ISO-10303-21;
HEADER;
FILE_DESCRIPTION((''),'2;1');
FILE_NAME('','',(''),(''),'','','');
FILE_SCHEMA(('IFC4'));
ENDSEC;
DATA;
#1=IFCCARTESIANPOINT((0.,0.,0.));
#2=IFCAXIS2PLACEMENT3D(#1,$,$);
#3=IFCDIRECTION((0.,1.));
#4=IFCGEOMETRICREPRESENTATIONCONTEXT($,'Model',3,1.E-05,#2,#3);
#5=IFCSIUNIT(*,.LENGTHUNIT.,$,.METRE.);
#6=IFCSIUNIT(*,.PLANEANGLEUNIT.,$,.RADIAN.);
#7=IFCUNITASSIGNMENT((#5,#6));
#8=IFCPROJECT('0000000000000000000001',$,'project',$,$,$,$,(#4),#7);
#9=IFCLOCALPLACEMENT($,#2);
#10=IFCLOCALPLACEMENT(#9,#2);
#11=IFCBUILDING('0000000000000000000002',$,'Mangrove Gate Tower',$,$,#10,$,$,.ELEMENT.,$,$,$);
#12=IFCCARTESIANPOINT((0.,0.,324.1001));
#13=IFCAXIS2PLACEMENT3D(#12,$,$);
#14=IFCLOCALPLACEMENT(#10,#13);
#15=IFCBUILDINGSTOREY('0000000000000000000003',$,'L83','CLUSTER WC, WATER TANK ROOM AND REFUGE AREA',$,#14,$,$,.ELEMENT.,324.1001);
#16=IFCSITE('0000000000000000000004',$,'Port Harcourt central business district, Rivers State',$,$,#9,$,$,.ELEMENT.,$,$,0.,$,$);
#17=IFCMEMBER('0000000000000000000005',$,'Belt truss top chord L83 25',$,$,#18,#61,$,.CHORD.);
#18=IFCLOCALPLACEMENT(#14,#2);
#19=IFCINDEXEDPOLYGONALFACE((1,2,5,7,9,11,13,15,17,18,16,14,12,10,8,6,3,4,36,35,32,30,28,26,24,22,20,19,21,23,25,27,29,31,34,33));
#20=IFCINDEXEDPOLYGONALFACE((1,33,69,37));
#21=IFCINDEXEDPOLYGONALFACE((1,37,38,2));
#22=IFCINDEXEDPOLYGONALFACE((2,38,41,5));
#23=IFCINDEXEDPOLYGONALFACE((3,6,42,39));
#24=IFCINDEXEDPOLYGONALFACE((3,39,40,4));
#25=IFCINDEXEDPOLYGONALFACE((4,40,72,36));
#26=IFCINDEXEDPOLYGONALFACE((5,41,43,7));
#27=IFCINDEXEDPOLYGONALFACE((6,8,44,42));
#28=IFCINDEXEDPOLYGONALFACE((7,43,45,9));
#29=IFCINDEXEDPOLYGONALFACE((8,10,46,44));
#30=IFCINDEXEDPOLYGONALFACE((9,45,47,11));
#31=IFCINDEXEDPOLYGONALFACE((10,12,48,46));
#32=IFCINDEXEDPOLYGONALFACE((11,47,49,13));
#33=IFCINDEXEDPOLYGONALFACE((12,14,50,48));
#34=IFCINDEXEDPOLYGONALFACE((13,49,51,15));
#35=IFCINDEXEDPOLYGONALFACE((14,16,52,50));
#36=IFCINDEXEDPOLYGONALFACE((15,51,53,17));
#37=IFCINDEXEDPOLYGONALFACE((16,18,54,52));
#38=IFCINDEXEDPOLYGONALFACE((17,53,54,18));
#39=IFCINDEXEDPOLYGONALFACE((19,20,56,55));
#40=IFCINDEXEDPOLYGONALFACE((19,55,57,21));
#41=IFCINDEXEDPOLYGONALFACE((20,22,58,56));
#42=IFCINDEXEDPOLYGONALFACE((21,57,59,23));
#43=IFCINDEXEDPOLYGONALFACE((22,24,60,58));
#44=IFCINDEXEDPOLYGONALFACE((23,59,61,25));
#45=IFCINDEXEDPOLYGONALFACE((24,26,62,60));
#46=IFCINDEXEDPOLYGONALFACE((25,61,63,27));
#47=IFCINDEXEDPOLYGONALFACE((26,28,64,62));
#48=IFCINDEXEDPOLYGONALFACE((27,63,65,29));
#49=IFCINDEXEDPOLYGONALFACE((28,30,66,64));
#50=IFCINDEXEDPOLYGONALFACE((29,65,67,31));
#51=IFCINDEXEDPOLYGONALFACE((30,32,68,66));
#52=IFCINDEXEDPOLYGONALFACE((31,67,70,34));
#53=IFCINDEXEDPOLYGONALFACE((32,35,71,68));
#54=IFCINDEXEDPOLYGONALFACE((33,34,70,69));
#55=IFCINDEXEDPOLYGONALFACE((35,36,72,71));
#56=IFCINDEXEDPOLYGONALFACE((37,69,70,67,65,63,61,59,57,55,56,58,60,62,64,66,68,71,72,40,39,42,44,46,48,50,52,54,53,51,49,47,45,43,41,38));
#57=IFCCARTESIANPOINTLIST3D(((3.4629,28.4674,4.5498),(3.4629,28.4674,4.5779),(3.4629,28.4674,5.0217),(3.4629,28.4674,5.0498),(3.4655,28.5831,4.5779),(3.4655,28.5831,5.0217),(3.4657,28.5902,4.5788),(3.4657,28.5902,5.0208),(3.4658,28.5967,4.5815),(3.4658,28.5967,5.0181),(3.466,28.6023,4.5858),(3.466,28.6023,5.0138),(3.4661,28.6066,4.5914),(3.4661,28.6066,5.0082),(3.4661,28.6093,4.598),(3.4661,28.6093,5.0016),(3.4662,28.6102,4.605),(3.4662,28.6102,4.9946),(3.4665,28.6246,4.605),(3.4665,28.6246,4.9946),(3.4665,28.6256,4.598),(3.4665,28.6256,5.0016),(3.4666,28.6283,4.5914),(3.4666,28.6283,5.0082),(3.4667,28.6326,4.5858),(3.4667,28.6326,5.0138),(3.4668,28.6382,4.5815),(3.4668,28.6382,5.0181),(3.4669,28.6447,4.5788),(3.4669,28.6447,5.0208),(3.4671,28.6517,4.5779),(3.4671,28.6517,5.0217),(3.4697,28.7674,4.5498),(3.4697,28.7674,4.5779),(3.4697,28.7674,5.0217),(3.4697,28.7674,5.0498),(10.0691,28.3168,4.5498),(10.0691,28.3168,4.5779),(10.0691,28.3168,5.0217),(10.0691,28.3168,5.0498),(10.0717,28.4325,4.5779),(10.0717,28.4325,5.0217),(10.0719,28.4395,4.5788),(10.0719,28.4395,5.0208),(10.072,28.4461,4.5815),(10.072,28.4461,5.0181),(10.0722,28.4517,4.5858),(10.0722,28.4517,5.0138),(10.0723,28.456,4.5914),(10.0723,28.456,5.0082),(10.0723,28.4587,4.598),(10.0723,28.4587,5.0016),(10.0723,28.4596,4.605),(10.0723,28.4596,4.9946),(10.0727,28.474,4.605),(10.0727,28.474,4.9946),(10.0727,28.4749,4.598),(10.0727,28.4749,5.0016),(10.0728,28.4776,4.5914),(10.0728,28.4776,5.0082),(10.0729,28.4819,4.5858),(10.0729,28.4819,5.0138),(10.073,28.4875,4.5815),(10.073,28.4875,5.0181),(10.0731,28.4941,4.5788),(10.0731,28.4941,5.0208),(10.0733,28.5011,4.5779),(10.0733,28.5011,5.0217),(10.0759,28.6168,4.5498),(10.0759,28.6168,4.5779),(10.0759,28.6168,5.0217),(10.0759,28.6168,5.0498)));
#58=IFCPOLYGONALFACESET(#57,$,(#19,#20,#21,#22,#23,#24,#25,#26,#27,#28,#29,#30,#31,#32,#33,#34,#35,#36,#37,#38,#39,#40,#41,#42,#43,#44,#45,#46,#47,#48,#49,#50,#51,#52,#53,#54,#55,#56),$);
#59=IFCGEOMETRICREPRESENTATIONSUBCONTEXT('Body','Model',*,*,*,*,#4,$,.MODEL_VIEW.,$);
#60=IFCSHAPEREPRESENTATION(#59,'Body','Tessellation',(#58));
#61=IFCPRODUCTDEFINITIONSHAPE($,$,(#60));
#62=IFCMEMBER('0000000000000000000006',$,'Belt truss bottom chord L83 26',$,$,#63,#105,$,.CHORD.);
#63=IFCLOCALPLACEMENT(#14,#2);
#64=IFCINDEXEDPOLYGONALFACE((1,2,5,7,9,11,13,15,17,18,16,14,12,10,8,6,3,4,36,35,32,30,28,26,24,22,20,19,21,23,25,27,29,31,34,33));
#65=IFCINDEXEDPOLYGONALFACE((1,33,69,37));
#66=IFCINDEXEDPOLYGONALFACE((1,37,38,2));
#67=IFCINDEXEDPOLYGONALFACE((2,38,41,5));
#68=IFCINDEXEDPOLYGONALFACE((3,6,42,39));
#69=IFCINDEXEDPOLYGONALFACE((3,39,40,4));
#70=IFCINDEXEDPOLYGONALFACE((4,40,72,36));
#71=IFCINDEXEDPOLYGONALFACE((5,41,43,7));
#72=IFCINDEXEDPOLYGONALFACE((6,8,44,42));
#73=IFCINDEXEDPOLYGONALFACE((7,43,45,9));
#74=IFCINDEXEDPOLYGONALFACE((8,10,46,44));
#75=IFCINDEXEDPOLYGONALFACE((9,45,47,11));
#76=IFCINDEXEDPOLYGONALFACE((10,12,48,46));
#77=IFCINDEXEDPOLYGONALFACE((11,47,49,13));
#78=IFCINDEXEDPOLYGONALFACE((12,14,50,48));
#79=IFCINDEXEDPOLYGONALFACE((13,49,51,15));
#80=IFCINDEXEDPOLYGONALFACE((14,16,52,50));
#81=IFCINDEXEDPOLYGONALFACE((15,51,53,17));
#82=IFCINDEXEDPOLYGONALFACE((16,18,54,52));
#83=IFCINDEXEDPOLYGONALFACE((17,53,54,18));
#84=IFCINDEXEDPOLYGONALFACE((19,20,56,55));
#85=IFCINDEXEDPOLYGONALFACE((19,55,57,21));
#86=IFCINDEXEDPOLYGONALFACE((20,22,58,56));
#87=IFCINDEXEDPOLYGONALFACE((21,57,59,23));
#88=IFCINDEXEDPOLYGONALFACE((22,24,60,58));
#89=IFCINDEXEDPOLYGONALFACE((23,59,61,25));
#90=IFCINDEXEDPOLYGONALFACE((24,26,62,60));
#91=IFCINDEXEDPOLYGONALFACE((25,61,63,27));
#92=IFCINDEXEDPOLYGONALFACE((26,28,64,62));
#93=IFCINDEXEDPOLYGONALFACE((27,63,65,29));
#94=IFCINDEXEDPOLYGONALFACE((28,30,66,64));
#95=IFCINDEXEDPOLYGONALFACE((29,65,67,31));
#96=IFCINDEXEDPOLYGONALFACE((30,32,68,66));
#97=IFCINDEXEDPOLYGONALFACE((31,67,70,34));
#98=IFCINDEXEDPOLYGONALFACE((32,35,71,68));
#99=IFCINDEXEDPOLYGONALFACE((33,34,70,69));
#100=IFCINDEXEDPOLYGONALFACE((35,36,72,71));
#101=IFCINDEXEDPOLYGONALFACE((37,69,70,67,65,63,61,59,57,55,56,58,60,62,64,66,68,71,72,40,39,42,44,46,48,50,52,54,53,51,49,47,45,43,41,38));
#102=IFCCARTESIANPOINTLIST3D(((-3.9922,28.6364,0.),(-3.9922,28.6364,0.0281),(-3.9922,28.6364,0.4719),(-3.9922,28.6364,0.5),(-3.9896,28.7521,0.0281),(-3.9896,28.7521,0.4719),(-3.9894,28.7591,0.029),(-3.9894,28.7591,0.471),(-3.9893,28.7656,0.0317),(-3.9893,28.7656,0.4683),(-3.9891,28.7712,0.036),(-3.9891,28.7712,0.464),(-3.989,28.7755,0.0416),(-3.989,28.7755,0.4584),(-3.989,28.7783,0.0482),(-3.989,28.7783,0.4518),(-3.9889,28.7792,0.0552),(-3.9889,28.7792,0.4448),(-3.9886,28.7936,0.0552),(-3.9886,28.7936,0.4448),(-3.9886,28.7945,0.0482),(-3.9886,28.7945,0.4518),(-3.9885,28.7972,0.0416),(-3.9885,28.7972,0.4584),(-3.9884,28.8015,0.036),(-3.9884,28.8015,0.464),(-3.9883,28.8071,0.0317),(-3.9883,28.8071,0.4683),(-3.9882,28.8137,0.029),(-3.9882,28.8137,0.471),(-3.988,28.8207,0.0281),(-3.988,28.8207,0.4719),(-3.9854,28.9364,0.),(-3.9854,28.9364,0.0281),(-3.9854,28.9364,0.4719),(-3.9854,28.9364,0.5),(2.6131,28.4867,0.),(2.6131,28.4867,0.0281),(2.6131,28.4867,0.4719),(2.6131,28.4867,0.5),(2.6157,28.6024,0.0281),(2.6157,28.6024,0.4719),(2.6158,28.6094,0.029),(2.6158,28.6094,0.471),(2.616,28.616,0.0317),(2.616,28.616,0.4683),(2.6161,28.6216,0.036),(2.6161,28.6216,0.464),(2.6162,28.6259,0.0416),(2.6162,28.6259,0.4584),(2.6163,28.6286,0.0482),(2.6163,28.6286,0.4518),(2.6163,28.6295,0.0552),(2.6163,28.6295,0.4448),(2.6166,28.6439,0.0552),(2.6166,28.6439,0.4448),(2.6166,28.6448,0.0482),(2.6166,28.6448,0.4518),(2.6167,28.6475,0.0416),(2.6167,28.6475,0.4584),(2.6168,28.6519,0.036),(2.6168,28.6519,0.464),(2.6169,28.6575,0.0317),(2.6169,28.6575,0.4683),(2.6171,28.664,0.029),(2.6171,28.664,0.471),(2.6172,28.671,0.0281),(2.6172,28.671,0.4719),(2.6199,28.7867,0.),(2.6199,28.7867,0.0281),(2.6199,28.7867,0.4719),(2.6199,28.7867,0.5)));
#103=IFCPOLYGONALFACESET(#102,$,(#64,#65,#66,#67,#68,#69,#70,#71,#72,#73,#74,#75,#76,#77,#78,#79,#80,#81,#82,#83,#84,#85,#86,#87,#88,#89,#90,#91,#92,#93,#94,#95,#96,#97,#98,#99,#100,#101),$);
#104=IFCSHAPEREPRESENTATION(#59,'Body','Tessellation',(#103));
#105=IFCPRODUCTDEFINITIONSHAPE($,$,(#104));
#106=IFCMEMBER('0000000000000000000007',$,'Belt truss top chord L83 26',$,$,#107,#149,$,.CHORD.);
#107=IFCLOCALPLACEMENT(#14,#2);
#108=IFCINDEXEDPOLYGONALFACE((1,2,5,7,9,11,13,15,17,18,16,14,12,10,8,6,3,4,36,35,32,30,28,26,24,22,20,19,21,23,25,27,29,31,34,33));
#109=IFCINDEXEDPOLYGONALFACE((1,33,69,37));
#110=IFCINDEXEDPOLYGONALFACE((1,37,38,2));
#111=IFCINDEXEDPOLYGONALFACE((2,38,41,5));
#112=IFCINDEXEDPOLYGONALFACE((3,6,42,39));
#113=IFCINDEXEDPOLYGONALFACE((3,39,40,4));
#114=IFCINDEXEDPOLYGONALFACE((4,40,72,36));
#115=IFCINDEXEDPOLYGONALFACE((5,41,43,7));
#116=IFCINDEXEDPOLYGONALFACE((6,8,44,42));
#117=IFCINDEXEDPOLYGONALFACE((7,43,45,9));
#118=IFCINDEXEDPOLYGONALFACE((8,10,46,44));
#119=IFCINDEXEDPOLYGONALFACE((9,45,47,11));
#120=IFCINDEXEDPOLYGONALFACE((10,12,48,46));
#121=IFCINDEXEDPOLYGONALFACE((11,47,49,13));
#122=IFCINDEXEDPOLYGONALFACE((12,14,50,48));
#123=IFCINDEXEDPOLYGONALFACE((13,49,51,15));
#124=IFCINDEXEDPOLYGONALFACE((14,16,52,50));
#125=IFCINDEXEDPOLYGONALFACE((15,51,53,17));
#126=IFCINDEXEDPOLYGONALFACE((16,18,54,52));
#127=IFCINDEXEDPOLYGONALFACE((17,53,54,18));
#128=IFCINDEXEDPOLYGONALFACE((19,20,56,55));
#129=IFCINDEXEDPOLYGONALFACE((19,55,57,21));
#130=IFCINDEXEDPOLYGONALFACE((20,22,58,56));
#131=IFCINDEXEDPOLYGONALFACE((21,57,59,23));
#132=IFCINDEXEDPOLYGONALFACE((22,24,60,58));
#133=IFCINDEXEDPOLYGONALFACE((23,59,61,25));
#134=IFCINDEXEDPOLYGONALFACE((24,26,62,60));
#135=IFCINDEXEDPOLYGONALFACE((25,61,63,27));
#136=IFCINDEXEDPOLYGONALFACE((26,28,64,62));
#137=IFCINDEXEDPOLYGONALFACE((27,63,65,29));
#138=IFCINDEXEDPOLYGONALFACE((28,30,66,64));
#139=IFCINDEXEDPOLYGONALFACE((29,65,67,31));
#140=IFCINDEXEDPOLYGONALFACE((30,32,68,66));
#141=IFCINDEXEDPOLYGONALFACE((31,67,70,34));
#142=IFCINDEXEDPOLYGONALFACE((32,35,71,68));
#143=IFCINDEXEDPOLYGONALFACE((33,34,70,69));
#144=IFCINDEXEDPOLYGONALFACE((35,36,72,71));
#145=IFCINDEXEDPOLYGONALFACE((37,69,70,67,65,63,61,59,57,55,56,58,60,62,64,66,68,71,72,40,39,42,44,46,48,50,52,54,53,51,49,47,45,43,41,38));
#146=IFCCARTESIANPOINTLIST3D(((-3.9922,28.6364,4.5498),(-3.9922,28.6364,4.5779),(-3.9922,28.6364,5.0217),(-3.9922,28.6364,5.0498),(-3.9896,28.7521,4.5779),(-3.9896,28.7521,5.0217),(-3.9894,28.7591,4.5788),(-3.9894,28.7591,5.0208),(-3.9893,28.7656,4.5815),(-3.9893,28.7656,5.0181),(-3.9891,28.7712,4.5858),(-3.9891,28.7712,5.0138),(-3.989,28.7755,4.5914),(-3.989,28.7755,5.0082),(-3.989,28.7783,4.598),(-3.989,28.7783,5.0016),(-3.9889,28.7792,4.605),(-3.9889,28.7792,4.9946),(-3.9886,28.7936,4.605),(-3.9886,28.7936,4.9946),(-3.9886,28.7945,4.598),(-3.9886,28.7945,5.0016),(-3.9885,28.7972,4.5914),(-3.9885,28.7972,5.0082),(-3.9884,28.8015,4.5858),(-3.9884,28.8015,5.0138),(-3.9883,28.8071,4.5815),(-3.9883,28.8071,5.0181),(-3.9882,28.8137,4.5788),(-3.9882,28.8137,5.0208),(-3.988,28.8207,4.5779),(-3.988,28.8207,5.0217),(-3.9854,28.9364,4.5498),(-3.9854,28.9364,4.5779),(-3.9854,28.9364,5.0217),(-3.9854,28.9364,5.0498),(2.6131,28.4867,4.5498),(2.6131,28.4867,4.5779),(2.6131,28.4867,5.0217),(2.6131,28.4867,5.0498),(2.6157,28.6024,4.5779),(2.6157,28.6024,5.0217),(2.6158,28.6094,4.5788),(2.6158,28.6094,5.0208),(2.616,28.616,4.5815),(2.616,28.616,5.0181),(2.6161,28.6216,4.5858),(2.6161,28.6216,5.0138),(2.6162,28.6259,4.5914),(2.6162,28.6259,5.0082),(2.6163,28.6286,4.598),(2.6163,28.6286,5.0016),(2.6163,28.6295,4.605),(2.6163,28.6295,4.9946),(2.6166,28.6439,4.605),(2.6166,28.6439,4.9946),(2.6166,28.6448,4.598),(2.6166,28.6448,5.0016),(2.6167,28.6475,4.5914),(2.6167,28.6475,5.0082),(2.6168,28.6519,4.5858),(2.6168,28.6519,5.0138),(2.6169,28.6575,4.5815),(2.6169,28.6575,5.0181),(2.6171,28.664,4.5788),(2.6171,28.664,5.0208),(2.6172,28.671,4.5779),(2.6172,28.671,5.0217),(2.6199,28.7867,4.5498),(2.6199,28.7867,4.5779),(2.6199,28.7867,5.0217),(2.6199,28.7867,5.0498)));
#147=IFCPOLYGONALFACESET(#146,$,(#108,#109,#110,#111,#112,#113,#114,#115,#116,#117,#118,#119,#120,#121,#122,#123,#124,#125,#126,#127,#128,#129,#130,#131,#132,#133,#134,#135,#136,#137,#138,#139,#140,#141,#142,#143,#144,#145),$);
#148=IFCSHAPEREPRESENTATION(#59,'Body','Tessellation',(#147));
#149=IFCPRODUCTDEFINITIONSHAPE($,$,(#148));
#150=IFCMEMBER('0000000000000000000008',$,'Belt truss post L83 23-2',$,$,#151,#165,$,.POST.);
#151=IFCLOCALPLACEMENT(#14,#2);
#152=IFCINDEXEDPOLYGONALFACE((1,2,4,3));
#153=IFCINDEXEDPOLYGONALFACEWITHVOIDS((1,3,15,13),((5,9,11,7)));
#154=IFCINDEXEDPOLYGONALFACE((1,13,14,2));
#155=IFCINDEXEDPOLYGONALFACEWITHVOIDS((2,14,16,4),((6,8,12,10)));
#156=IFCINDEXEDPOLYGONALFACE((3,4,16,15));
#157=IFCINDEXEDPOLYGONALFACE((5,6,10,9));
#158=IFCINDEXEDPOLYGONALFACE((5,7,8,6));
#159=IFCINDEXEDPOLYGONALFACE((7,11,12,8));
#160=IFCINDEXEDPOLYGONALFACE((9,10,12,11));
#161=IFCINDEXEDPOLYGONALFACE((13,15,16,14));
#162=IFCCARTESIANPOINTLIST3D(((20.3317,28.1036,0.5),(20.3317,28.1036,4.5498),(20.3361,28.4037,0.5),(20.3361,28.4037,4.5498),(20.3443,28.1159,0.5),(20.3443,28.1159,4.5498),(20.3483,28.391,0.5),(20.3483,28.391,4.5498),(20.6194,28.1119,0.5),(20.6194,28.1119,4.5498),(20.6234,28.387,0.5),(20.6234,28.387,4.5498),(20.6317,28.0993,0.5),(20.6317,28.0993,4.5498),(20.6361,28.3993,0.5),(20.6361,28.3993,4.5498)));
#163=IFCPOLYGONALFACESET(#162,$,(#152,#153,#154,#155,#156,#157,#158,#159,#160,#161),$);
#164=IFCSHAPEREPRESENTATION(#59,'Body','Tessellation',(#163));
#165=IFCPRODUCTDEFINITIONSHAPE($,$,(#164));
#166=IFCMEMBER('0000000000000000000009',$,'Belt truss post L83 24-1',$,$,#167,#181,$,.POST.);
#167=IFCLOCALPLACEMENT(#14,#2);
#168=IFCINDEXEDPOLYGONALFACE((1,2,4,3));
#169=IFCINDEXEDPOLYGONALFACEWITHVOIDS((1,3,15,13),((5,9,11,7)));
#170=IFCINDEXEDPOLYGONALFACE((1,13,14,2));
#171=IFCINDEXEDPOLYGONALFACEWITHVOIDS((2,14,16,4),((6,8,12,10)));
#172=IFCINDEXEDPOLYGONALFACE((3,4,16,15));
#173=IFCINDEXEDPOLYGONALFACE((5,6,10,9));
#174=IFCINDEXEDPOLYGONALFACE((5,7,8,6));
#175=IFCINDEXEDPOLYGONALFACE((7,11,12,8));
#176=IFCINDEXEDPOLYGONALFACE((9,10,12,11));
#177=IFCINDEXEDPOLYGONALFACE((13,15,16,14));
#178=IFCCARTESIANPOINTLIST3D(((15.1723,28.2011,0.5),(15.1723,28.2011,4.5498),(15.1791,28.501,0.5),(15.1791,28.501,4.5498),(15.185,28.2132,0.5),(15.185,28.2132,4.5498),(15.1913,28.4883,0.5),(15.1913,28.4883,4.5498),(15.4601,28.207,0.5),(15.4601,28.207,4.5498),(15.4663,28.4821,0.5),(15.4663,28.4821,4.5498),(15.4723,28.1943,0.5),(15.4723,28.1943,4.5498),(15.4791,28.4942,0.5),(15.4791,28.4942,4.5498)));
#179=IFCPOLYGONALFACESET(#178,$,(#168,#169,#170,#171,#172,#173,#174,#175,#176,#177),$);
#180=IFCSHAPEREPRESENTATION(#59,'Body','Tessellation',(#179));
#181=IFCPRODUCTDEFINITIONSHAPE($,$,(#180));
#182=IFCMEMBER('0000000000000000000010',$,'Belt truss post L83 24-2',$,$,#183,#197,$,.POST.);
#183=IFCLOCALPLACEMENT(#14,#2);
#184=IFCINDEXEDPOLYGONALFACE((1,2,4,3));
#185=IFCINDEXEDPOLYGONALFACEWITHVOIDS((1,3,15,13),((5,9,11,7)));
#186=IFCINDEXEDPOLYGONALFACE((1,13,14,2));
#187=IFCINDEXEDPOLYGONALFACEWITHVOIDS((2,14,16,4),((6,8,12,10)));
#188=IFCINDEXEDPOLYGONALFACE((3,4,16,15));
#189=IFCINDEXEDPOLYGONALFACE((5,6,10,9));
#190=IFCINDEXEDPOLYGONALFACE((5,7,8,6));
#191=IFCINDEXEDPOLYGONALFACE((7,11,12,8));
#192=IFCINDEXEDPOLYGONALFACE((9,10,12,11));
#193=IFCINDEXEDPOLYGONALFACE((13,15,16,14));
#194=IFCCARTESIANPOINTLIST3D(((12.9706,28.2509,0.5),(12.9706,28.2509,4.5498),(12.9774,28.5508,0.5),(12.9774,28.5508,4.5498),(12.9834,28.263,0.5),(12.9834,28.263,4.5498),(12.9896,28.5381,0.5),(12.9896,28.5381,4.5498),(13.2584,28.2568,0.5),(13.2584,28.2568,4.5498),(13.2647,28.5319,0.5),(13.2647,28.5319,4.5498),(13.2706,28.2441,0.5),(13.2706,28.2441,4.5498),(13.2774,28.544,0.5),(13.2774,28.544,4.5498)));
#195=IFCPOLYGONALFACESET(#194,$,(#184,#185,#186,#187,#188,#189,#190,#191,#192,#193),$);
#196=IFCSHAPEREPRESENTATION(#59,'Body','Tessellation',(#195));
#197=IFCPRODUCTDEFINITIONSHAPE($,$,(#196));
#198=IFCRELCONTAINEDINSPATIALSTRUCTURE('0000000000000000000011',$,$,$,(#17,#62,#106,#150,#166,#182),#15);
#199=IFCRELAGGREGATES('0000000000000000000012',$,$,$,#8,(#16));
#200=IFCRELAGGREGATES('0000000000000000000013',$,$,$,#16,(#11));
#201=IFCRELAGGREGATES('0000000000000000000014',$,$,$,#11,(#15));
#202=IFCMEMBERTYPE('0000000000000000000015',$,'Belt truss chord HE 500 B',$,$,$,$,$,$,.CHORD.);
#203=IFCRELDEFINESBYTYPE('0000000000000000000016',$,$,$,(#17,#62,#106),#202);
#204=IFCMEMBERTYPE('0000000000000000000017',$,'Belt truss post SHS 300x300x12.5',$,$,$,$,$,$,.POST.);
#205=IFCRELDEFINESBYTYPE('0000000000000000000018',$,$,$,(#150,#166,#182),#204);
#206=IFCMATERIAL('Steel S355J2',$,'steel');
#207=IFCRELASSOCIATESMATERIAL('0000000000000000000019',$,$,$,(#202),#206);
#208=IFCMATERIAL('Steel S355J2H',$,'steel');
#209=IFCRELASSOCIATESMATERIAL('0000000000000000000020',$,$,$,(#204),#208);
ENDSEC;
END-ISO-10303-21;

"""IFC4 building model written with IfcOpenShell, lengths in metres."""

from ifc_helpers import new_model, si_unit, direction, frame, origin, origin_2d, place, context, subcontext, project, spatial, hollow_rectangle, i_section, extrude, material, material_profile, profile_set, type_object, element, save


model = new_model("IFC4")

# Units and contexts
model_context = context("Model", 3, precision=1e-05, world=origin(), true_north=direction((0.0, 1.0)))
body_context = subcontext(model_context, "Body", "Model", "MODEL_VIEW")
ifc_project = project(units=[si_unit("LENGTHUNIT", "METRE"), si_unit("PLANEANGLEUNIT", "RADIAN")], contexts=[model_context])

# Site, building, storey
site_placement = place(None, origin())
site = spatial("IfcSite", under=ifc_project, at=site_placement, Name="Port Harcourt central business district, Rivers State", CompositionType="ELEMENT", RefElevation=0.0)
building_placement = place(site_placement, origin())
building = spatial("IfcBuilding", under=site, at=building_placement, Name="Mangrove Gate Tower", CompositionType="ELEMENT")
storey_placement = place(building_placement, frame((0.0, 0.0, 324.1001)))
storey = spatial("IfcBuildingStorey", under=building, at=storey_placement, Name="L83", Description="CLUSTER WC, WATER TANK ROOM AND REFUGE AREA", CompositionType="ELEMENT", Elevation=324.1001)

# Members
ifc_material_1 = material(Name="Steel S355J2", Category="steel")
ifc_material_profile_1 = material_profile(ifc_material_1, i_section(OverallWidth=0.3, OverallDepth=0.5, WebThickness=0.0144, FlangeThickness=0.0281, FilletRadius=0.0271, at=origin_2d()))
ifc_profile_set_1 = profile_set([ifc_material_profile_1], Name="Steel S355J2")
member_type_1 = type_object("IfcMemberType", Name="Belt truss chord HE 500 B", PredefinedType="CHORD", material=ifc_profile_set_1)
for number, where, z_axis, x_axis, name in (
    (1, (10.0725, 28.4668, 4.7998), (-0.99974, 0.022796, 0.0), (-0.022796, -0.99974, 0.0), "Belt truss top chord L83 25"),
):
    element("IfcMember", number, at=place(storey_placement, frame(where, z_axis=z_axis, x_axis=x_axis)), inside=storey, type_object=member_type_1, Name=name, PredefinedType="CHORD", context=body_context, shape_type="SweptSolid", body=[
        extrude(i_section(OverallWidth=0.3, OverallDepth=0.5, WebThickness=0.0144, FlangeThickness=0.0281, FilletRadius=0.0271, at=origin_2d()), origin(), (0.0, 0.0, 1.0), 6.6079),
    ])
for number, where, z_axis, x_axis, name in (
    (2, (2.6165, 28.6367, 0.25), (-0.999743, 0.022652, 0.0), (-0.022652, -0.999743, 0.0), "Belt truss bottom chord L83 26"),
    (3, (2.6165, 28.6367, 4.7998), (-0.999743, 0.022652, 0.0), (-0.022652, -0.999743, 0.0), "Belt truss top chord L83 26"),
):
    element("IfcMember", number, at=place(storey_placement, frame(where, z_axis=z_axis, x_axis=x_axis)), inside=storey, type_object=member_type_1, Name=name, PredefinedType="CHORD", context=body_context, shape_type="SweptSolid", body=[
        extrude(i_section(OverallWidth=0.3, OverallDepth=0.5, WebThickness=0.0144, FlangeThickness=0.0281, FilletRadius=0.0271, at=origin_2d()), origin(), (0.0, 0.0, 1.0), 6.6069),
    ])
ifc_material_2 = material(Name="Steel S355J2H", Category="steel")
ifc_material_profile_2 = material_profile(ifc_material_2, hollow_rectangle(XDim=0.3, YDim=0.3, WallThickness=0.0125, at=origin_2d()))
ifc_profile_set_2 = profile_set([ifc_material_profile_2], Name="Steel S355J2H")
member_type_2 = type_object("IfcMemberType", Name="Belt truss post SHS 300x300x12.5", PredefinedType="POST", material=ifc_profile_set_2)
for number, where, z_axis, x_axis, name in (
    (4, (20.4839, 28.2515, 0.5), (0.0, 0.0, 1.0), (-0.999895, 0.01452, 0.0), "Belt truss post L83 23-2"),
    (5, (15.3257, 28.3477, 0.5), (0.0, 0.0, 1.0), (-0.999743, 0.022664, 0.0), "Belt truss post L83 24-1"),
    (6, (13.124, 28.3975, 0.5), (0.0, 0.0, 1.0), (-0.999743, 0.022664, 0.0), "Belt truss post L83 24-2"),
):
    element("IfcMember", number, at=place(storey_placement, frame(where, z_axis=z_axis, x_axis=x_axis)), inside=storey, type_object=member_type_2, Name=name, PredefinedType="POST", context=body_context, shape_type="SweptSolid", body=[
        extrude(hollow_rectangle(XDim=0.3, YDim=0.3, WallThickness=0.0125, at=origin_2d()), origin(), (0.0, 0.0, 1.0), 4.0498),
    ])

save(model, "model.ifc")
